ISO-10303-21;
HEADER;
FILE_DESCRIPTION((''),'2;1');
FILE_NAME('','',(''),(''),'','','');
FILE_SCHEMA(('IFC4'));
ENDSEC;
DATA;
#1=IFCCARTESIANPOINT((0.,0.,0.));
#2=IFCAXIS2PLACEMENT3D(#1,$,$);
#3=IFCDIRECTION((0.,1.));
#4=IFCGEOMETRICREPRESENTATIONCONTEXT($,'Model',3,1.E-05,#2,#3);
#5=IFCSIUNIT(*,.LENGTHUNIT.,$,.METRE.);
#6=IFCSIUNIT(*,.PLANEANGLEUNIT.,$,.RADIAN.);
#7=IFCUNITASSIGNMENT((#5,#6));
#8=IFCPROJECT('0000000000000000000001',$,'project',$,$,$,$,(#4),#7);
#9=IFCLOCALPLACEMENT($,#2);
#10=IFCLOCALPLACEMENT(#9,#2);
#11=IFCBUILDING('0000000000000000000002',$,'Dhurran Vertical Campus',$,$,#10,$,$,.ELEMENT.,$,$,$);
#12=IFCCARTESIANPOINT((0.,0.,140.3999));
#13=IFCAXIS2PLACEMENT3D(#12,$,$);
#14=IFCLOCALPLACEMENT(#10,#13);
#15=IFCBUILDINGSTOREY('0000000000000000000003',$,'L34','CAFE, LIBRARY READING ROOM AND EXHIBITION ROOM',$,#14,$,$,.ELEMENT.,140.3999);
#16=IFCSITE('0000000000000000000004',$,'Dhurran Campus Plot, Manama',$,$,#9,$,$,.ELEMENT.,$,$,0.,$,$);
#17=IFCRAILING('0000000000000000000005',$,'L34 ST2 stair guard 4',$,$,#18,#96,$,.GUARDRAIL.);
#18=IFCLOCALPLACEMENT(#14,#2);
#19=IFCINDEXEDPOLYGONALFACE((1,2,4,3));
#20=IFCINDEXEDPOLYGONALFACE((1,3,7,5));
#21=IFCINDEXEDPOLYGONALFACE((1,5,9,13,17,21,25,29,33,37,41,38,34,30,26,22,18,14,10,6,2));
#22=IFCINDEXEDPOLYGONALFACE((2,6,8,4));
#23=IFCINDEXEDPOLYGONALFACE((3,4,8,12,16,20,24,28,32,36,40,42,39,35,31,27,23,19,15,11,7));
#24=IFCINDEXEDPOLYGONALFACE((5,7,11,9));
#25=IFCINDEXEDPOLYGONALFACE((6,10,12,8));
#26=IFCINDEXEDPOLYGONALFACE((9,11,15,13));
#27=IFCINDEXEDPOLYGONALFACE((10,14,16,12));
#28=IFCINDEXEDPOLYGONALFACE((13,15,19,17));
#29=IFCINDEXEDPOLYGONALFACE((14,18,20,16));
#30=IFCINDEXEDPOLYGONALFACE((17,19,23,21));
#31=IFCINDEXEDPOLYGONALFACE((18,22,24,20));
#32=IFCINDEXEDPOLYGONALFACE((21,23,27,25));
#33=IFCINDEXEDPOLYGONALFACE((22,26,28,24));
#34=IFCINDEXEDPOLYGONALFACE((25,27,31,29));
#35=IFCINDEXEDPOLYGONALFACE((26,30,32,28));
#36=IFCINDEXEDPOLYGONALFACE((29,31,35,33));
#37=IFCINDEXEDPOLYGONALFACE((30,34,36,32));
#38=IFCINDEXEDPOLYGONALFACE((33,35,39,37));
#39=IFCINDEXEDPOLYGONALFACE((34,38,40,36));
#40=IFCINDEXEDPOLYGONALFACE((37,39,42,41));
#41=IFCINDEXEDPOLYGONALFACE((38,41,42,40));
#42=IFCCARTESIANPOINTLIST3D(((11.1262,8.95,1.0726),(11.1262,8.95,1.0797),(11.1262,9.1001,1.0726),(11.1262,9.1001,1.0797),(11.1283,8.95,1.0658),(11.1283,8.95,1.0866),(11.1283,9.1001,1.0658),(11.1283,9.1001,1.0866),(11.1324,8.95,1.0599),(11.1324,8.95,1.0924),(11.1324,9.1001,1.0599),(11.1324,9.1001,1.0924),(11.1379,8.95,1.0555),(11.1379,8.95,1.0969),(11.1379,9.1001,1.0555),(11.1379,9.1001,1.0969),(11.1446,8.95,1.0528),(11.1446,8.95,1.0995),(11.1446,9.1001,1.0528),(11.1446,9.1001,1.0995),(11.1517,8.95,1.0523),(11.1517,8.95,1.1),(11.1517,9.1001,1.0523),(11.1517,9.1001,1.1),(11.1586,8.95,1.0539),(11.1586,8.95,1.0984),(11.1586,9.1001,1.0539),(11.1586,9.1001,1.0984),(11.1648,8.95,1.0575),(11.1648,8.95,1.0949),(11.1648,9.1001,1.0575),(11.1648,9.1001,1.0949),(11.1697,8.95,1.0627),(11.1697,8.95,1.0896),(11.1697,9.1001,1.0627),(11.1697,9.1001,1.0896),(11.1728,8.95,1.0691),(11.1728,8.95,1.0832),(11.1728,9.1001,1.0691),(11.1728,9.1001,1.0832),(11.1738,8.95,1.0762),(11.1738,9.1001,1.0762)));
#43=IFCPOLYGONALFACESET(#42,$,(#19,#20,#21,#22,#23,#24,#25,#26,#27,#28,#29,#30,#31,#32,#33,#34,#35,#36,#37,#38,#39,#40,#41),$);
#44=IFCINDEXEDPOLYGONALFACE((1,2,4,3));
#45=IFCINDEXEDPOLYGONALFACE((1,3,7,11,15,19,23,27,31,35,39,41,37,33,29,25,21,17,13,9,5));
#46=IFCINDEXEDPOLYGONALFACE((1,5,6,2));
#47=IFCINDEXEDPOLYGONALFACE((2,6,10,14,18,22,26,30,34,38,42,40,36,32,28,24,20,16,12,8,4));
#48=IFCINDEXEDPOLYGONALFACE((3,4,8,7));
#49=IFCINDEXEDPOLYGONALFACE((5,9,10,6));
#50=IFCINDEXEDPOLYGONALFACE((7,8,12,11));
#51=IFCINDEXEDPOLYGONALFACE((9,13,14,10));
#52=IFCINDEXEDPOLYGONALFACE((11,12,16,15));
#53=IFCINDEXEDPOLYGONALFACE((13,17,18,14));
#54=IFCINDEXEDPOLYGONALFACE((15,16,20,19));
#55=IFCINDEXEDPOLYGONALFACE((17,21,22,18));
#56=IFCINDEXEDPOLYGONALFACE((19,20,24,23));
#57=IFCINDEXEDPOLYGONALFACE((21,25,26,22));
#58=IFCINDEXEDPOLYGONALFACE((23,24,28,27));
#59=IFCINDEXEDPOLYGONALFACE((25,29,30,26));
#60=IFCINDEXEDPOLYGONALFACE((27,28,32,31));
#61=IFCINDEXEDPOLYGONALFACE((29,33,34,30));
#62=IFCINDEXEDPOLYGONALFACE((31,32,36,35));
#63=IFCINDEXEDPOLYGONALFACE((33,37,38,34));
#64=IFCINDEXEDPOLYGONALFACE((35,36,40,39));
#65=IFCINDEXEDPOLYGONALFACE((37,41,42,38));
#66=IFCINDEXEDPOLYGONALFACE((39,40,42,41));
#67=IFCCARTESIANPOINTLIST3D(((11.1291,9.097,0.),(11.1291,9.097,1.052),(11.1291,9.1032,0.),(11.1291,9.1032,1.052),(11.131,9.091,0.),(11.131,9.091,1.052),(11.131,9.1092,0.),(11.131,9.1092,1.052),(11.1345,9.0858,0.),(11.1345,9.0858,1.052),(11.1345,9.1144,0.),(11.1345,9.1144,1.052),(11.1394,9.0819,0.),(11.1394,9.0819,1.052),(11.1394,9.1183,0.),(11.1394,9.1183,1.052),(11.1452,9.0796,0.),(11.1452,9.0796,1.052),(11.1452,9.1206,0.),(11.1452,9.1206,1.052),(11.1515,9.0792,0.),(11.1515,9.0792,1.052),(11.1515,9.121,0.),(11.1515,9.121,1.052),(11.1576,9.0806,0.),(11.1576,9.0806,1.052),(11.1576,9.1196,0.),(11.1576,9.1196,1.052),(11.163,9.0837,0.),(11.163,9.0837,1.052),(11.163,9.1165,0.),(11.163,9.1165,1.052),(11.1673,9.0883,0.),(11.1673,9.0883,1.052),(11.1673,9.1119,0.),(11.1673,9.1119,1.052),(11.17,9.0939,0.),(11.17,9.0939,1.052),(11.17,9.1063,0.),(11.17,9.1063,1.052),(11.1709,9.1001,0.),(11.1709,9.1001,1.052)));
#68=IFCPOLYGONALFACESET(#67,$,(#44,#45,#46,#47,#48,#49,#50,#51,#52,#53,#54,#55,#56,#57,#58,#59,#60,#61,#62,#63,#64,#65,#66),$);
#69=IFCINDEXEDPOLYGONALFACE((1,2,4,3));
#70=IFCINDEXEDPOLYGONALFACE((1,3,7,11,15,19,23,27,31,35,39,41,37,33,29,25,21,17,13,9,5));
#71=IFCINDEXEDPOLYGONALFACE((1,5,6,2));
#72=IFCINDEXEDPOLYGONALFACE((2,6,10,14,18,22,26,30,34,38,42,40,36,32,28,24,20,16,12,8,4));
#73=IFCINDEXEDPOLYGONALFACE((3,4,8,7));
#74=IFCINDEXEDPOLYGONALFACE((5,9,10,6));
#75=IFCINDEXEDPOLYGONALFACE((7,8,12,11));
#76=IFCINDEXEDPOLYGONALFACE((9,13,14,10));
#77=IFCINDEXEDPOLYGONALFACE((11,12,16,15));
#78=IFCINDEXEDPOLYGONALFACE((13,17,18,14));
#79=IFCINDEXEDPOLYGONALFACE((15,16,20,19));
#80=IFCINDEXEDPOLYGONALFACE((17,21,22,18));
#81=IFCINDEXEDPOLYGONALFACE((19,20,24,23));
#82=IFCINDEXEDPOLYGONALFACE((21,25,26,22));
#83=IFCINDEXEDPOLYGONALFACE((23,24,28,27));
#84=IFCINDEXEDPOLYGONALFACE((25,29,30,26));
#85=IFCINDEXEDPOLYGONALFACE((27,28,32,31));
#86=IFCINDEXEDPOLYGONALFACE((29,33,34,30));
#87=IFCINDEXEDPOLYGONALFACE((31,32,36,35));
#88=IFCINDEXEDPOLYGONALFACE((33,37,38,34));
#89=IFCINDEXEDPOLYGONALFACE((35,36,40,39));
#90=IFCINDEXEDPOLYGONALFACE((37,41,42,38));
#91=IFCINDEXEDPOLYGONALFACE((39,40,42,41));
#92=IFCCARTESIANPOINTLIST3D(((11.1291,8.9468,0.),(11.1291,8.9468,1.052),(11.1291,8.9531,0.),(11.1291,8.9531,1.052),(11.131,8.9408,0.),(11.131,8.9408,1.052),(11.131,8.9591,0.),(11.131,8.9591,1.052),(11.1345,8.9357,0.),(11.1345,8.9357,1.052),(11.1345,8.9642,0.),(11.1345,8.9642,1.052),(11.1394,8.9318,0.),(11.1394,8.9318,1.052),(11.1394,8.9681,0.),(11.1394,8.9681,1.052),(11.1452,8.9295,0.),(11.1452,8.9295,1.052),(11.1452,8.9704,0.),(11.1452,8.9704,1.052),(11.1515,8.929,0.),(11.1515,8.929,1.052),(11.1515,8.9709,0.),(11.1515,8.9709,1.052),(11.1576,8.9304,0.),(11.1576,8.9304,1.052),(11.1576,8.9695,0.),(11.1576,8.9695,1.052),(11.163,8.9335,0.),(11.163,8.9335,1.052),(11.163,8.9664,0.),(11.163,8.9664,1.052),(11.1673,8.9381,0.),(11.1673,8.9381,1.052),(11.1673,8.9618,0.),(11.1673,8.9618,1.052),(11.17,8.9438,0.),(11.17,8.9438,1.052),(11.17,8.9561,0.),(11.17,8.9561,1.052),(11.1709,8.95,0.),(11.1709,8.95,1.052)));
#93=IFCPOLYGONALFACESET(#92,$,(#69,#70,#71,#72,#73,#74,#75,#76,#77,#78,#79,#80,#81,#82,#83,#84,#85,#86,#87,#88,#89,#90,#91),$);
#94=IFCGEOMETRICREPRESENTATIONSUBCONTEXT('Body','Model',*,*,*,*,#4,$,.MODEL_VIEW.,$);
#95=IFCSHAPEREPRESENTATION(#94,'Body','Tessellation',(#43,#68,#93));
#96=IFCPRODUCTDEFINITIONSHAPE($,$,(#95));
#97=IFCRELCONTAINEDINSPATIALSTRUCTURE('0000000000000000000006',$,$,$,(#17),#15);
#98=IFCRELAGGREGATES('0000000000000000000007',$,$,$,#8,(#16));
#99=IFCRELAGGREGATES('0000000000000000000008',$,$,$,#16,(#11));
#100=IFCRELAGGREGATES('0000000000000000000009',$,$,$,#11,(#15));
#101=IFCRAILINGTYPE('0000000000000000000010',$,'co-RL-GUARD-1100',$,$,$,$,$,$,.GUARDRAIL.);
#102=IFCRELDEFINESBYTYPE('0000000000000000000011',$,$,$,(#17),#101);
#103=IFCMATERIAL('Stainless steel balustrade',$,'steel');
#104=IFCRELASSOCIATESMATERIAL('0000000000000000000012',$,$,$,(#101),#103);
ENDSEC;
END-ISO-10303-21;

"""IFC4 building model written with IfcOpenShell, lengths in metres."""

from ifc_helpers import new_model, si_unit, direction, frame, origin, origin_2d, place, context, subcontext, project, spatial, circle, extrude, material, type_object, element, save


model = new_model("IFC4")

# Units and contexts
model_context = context("Model", 3, precision=1e-05, world=origin(), true_north=direction((0.0, 1.0)))
body_context = subcontext(model_context, "Body", "Model", "MODEL_VIEW")
ifc_project = project(units=[si_unit("LENGTHUNIT", "METRE"), si_unit("PLANEANGLEUNIT", "RADIAN")], contexts=[model_context])

# Site, building, storey
site_placement = place(None, origin())
site = spatial("IfcSite", under=ifc_project, at=site_placement, Name="Dhurran Campus Plot, Manama", CompositionType="ELEMENT", RefElevation=0.0)
building_placement = place(site_placement, origin())
building = spatial("IfcBuilding", under=site, at=building_placement, Name="Dhurran Vertical Campus", CompositionType="ELEMENT")
storey_placement = place(building_placement, frame((0.0, 0.0, 140.3999)))
storey = spatial("IfcBuildingStorey", under=building, at=storey_placement, Name="L34", Description="CAFE, LIBRARY READING ROOM AND EXHIBITION ROOM", CompositionType="ELEMENT", Elevation=140.3999)

# Railing
ifc_material_1 = material(Name="Stainless steel balustrade", Category="steel")
railing_type_1 = type_object("IfcRailingType", Name="co-RL-GUARD-1100", PredefinedType="GUARDRAIL", material=ifc_material_1)
railing_1_placement = place(storey_placement, frame((11.1499, 9.1001, 0.0)))
element("IfcRailing", 1, at=railing_1_placement, inside=storey, type_object=railing_type_1, Name="L34 ST2 stair guard 4", PredefinedType="GUARDRAIL", context=body_context, shape_type="SweptSolid", body=[
    extrude(circle(Radius=0.0239, at=origin_2d()), frame((0.0, 0.0, 1.0762), z_axis=(0.0, -1.0, 0.0), x_axis=(1.0, 0.0, 0.0)), (0.0, 0.0, 1.0), 0.1501),
    extrude(circle(Radius=0.021, at=origin_2d()), origin(), (0.0, 0.0, 1.0), 1.052),
    extrude(circle(Radius=0.021, at=origin_2d()), frame((0.0, -0.1501, 0.0)), (0.0, 0.0, 1.0), 1.052),
])

save(model, "model.ifc")
